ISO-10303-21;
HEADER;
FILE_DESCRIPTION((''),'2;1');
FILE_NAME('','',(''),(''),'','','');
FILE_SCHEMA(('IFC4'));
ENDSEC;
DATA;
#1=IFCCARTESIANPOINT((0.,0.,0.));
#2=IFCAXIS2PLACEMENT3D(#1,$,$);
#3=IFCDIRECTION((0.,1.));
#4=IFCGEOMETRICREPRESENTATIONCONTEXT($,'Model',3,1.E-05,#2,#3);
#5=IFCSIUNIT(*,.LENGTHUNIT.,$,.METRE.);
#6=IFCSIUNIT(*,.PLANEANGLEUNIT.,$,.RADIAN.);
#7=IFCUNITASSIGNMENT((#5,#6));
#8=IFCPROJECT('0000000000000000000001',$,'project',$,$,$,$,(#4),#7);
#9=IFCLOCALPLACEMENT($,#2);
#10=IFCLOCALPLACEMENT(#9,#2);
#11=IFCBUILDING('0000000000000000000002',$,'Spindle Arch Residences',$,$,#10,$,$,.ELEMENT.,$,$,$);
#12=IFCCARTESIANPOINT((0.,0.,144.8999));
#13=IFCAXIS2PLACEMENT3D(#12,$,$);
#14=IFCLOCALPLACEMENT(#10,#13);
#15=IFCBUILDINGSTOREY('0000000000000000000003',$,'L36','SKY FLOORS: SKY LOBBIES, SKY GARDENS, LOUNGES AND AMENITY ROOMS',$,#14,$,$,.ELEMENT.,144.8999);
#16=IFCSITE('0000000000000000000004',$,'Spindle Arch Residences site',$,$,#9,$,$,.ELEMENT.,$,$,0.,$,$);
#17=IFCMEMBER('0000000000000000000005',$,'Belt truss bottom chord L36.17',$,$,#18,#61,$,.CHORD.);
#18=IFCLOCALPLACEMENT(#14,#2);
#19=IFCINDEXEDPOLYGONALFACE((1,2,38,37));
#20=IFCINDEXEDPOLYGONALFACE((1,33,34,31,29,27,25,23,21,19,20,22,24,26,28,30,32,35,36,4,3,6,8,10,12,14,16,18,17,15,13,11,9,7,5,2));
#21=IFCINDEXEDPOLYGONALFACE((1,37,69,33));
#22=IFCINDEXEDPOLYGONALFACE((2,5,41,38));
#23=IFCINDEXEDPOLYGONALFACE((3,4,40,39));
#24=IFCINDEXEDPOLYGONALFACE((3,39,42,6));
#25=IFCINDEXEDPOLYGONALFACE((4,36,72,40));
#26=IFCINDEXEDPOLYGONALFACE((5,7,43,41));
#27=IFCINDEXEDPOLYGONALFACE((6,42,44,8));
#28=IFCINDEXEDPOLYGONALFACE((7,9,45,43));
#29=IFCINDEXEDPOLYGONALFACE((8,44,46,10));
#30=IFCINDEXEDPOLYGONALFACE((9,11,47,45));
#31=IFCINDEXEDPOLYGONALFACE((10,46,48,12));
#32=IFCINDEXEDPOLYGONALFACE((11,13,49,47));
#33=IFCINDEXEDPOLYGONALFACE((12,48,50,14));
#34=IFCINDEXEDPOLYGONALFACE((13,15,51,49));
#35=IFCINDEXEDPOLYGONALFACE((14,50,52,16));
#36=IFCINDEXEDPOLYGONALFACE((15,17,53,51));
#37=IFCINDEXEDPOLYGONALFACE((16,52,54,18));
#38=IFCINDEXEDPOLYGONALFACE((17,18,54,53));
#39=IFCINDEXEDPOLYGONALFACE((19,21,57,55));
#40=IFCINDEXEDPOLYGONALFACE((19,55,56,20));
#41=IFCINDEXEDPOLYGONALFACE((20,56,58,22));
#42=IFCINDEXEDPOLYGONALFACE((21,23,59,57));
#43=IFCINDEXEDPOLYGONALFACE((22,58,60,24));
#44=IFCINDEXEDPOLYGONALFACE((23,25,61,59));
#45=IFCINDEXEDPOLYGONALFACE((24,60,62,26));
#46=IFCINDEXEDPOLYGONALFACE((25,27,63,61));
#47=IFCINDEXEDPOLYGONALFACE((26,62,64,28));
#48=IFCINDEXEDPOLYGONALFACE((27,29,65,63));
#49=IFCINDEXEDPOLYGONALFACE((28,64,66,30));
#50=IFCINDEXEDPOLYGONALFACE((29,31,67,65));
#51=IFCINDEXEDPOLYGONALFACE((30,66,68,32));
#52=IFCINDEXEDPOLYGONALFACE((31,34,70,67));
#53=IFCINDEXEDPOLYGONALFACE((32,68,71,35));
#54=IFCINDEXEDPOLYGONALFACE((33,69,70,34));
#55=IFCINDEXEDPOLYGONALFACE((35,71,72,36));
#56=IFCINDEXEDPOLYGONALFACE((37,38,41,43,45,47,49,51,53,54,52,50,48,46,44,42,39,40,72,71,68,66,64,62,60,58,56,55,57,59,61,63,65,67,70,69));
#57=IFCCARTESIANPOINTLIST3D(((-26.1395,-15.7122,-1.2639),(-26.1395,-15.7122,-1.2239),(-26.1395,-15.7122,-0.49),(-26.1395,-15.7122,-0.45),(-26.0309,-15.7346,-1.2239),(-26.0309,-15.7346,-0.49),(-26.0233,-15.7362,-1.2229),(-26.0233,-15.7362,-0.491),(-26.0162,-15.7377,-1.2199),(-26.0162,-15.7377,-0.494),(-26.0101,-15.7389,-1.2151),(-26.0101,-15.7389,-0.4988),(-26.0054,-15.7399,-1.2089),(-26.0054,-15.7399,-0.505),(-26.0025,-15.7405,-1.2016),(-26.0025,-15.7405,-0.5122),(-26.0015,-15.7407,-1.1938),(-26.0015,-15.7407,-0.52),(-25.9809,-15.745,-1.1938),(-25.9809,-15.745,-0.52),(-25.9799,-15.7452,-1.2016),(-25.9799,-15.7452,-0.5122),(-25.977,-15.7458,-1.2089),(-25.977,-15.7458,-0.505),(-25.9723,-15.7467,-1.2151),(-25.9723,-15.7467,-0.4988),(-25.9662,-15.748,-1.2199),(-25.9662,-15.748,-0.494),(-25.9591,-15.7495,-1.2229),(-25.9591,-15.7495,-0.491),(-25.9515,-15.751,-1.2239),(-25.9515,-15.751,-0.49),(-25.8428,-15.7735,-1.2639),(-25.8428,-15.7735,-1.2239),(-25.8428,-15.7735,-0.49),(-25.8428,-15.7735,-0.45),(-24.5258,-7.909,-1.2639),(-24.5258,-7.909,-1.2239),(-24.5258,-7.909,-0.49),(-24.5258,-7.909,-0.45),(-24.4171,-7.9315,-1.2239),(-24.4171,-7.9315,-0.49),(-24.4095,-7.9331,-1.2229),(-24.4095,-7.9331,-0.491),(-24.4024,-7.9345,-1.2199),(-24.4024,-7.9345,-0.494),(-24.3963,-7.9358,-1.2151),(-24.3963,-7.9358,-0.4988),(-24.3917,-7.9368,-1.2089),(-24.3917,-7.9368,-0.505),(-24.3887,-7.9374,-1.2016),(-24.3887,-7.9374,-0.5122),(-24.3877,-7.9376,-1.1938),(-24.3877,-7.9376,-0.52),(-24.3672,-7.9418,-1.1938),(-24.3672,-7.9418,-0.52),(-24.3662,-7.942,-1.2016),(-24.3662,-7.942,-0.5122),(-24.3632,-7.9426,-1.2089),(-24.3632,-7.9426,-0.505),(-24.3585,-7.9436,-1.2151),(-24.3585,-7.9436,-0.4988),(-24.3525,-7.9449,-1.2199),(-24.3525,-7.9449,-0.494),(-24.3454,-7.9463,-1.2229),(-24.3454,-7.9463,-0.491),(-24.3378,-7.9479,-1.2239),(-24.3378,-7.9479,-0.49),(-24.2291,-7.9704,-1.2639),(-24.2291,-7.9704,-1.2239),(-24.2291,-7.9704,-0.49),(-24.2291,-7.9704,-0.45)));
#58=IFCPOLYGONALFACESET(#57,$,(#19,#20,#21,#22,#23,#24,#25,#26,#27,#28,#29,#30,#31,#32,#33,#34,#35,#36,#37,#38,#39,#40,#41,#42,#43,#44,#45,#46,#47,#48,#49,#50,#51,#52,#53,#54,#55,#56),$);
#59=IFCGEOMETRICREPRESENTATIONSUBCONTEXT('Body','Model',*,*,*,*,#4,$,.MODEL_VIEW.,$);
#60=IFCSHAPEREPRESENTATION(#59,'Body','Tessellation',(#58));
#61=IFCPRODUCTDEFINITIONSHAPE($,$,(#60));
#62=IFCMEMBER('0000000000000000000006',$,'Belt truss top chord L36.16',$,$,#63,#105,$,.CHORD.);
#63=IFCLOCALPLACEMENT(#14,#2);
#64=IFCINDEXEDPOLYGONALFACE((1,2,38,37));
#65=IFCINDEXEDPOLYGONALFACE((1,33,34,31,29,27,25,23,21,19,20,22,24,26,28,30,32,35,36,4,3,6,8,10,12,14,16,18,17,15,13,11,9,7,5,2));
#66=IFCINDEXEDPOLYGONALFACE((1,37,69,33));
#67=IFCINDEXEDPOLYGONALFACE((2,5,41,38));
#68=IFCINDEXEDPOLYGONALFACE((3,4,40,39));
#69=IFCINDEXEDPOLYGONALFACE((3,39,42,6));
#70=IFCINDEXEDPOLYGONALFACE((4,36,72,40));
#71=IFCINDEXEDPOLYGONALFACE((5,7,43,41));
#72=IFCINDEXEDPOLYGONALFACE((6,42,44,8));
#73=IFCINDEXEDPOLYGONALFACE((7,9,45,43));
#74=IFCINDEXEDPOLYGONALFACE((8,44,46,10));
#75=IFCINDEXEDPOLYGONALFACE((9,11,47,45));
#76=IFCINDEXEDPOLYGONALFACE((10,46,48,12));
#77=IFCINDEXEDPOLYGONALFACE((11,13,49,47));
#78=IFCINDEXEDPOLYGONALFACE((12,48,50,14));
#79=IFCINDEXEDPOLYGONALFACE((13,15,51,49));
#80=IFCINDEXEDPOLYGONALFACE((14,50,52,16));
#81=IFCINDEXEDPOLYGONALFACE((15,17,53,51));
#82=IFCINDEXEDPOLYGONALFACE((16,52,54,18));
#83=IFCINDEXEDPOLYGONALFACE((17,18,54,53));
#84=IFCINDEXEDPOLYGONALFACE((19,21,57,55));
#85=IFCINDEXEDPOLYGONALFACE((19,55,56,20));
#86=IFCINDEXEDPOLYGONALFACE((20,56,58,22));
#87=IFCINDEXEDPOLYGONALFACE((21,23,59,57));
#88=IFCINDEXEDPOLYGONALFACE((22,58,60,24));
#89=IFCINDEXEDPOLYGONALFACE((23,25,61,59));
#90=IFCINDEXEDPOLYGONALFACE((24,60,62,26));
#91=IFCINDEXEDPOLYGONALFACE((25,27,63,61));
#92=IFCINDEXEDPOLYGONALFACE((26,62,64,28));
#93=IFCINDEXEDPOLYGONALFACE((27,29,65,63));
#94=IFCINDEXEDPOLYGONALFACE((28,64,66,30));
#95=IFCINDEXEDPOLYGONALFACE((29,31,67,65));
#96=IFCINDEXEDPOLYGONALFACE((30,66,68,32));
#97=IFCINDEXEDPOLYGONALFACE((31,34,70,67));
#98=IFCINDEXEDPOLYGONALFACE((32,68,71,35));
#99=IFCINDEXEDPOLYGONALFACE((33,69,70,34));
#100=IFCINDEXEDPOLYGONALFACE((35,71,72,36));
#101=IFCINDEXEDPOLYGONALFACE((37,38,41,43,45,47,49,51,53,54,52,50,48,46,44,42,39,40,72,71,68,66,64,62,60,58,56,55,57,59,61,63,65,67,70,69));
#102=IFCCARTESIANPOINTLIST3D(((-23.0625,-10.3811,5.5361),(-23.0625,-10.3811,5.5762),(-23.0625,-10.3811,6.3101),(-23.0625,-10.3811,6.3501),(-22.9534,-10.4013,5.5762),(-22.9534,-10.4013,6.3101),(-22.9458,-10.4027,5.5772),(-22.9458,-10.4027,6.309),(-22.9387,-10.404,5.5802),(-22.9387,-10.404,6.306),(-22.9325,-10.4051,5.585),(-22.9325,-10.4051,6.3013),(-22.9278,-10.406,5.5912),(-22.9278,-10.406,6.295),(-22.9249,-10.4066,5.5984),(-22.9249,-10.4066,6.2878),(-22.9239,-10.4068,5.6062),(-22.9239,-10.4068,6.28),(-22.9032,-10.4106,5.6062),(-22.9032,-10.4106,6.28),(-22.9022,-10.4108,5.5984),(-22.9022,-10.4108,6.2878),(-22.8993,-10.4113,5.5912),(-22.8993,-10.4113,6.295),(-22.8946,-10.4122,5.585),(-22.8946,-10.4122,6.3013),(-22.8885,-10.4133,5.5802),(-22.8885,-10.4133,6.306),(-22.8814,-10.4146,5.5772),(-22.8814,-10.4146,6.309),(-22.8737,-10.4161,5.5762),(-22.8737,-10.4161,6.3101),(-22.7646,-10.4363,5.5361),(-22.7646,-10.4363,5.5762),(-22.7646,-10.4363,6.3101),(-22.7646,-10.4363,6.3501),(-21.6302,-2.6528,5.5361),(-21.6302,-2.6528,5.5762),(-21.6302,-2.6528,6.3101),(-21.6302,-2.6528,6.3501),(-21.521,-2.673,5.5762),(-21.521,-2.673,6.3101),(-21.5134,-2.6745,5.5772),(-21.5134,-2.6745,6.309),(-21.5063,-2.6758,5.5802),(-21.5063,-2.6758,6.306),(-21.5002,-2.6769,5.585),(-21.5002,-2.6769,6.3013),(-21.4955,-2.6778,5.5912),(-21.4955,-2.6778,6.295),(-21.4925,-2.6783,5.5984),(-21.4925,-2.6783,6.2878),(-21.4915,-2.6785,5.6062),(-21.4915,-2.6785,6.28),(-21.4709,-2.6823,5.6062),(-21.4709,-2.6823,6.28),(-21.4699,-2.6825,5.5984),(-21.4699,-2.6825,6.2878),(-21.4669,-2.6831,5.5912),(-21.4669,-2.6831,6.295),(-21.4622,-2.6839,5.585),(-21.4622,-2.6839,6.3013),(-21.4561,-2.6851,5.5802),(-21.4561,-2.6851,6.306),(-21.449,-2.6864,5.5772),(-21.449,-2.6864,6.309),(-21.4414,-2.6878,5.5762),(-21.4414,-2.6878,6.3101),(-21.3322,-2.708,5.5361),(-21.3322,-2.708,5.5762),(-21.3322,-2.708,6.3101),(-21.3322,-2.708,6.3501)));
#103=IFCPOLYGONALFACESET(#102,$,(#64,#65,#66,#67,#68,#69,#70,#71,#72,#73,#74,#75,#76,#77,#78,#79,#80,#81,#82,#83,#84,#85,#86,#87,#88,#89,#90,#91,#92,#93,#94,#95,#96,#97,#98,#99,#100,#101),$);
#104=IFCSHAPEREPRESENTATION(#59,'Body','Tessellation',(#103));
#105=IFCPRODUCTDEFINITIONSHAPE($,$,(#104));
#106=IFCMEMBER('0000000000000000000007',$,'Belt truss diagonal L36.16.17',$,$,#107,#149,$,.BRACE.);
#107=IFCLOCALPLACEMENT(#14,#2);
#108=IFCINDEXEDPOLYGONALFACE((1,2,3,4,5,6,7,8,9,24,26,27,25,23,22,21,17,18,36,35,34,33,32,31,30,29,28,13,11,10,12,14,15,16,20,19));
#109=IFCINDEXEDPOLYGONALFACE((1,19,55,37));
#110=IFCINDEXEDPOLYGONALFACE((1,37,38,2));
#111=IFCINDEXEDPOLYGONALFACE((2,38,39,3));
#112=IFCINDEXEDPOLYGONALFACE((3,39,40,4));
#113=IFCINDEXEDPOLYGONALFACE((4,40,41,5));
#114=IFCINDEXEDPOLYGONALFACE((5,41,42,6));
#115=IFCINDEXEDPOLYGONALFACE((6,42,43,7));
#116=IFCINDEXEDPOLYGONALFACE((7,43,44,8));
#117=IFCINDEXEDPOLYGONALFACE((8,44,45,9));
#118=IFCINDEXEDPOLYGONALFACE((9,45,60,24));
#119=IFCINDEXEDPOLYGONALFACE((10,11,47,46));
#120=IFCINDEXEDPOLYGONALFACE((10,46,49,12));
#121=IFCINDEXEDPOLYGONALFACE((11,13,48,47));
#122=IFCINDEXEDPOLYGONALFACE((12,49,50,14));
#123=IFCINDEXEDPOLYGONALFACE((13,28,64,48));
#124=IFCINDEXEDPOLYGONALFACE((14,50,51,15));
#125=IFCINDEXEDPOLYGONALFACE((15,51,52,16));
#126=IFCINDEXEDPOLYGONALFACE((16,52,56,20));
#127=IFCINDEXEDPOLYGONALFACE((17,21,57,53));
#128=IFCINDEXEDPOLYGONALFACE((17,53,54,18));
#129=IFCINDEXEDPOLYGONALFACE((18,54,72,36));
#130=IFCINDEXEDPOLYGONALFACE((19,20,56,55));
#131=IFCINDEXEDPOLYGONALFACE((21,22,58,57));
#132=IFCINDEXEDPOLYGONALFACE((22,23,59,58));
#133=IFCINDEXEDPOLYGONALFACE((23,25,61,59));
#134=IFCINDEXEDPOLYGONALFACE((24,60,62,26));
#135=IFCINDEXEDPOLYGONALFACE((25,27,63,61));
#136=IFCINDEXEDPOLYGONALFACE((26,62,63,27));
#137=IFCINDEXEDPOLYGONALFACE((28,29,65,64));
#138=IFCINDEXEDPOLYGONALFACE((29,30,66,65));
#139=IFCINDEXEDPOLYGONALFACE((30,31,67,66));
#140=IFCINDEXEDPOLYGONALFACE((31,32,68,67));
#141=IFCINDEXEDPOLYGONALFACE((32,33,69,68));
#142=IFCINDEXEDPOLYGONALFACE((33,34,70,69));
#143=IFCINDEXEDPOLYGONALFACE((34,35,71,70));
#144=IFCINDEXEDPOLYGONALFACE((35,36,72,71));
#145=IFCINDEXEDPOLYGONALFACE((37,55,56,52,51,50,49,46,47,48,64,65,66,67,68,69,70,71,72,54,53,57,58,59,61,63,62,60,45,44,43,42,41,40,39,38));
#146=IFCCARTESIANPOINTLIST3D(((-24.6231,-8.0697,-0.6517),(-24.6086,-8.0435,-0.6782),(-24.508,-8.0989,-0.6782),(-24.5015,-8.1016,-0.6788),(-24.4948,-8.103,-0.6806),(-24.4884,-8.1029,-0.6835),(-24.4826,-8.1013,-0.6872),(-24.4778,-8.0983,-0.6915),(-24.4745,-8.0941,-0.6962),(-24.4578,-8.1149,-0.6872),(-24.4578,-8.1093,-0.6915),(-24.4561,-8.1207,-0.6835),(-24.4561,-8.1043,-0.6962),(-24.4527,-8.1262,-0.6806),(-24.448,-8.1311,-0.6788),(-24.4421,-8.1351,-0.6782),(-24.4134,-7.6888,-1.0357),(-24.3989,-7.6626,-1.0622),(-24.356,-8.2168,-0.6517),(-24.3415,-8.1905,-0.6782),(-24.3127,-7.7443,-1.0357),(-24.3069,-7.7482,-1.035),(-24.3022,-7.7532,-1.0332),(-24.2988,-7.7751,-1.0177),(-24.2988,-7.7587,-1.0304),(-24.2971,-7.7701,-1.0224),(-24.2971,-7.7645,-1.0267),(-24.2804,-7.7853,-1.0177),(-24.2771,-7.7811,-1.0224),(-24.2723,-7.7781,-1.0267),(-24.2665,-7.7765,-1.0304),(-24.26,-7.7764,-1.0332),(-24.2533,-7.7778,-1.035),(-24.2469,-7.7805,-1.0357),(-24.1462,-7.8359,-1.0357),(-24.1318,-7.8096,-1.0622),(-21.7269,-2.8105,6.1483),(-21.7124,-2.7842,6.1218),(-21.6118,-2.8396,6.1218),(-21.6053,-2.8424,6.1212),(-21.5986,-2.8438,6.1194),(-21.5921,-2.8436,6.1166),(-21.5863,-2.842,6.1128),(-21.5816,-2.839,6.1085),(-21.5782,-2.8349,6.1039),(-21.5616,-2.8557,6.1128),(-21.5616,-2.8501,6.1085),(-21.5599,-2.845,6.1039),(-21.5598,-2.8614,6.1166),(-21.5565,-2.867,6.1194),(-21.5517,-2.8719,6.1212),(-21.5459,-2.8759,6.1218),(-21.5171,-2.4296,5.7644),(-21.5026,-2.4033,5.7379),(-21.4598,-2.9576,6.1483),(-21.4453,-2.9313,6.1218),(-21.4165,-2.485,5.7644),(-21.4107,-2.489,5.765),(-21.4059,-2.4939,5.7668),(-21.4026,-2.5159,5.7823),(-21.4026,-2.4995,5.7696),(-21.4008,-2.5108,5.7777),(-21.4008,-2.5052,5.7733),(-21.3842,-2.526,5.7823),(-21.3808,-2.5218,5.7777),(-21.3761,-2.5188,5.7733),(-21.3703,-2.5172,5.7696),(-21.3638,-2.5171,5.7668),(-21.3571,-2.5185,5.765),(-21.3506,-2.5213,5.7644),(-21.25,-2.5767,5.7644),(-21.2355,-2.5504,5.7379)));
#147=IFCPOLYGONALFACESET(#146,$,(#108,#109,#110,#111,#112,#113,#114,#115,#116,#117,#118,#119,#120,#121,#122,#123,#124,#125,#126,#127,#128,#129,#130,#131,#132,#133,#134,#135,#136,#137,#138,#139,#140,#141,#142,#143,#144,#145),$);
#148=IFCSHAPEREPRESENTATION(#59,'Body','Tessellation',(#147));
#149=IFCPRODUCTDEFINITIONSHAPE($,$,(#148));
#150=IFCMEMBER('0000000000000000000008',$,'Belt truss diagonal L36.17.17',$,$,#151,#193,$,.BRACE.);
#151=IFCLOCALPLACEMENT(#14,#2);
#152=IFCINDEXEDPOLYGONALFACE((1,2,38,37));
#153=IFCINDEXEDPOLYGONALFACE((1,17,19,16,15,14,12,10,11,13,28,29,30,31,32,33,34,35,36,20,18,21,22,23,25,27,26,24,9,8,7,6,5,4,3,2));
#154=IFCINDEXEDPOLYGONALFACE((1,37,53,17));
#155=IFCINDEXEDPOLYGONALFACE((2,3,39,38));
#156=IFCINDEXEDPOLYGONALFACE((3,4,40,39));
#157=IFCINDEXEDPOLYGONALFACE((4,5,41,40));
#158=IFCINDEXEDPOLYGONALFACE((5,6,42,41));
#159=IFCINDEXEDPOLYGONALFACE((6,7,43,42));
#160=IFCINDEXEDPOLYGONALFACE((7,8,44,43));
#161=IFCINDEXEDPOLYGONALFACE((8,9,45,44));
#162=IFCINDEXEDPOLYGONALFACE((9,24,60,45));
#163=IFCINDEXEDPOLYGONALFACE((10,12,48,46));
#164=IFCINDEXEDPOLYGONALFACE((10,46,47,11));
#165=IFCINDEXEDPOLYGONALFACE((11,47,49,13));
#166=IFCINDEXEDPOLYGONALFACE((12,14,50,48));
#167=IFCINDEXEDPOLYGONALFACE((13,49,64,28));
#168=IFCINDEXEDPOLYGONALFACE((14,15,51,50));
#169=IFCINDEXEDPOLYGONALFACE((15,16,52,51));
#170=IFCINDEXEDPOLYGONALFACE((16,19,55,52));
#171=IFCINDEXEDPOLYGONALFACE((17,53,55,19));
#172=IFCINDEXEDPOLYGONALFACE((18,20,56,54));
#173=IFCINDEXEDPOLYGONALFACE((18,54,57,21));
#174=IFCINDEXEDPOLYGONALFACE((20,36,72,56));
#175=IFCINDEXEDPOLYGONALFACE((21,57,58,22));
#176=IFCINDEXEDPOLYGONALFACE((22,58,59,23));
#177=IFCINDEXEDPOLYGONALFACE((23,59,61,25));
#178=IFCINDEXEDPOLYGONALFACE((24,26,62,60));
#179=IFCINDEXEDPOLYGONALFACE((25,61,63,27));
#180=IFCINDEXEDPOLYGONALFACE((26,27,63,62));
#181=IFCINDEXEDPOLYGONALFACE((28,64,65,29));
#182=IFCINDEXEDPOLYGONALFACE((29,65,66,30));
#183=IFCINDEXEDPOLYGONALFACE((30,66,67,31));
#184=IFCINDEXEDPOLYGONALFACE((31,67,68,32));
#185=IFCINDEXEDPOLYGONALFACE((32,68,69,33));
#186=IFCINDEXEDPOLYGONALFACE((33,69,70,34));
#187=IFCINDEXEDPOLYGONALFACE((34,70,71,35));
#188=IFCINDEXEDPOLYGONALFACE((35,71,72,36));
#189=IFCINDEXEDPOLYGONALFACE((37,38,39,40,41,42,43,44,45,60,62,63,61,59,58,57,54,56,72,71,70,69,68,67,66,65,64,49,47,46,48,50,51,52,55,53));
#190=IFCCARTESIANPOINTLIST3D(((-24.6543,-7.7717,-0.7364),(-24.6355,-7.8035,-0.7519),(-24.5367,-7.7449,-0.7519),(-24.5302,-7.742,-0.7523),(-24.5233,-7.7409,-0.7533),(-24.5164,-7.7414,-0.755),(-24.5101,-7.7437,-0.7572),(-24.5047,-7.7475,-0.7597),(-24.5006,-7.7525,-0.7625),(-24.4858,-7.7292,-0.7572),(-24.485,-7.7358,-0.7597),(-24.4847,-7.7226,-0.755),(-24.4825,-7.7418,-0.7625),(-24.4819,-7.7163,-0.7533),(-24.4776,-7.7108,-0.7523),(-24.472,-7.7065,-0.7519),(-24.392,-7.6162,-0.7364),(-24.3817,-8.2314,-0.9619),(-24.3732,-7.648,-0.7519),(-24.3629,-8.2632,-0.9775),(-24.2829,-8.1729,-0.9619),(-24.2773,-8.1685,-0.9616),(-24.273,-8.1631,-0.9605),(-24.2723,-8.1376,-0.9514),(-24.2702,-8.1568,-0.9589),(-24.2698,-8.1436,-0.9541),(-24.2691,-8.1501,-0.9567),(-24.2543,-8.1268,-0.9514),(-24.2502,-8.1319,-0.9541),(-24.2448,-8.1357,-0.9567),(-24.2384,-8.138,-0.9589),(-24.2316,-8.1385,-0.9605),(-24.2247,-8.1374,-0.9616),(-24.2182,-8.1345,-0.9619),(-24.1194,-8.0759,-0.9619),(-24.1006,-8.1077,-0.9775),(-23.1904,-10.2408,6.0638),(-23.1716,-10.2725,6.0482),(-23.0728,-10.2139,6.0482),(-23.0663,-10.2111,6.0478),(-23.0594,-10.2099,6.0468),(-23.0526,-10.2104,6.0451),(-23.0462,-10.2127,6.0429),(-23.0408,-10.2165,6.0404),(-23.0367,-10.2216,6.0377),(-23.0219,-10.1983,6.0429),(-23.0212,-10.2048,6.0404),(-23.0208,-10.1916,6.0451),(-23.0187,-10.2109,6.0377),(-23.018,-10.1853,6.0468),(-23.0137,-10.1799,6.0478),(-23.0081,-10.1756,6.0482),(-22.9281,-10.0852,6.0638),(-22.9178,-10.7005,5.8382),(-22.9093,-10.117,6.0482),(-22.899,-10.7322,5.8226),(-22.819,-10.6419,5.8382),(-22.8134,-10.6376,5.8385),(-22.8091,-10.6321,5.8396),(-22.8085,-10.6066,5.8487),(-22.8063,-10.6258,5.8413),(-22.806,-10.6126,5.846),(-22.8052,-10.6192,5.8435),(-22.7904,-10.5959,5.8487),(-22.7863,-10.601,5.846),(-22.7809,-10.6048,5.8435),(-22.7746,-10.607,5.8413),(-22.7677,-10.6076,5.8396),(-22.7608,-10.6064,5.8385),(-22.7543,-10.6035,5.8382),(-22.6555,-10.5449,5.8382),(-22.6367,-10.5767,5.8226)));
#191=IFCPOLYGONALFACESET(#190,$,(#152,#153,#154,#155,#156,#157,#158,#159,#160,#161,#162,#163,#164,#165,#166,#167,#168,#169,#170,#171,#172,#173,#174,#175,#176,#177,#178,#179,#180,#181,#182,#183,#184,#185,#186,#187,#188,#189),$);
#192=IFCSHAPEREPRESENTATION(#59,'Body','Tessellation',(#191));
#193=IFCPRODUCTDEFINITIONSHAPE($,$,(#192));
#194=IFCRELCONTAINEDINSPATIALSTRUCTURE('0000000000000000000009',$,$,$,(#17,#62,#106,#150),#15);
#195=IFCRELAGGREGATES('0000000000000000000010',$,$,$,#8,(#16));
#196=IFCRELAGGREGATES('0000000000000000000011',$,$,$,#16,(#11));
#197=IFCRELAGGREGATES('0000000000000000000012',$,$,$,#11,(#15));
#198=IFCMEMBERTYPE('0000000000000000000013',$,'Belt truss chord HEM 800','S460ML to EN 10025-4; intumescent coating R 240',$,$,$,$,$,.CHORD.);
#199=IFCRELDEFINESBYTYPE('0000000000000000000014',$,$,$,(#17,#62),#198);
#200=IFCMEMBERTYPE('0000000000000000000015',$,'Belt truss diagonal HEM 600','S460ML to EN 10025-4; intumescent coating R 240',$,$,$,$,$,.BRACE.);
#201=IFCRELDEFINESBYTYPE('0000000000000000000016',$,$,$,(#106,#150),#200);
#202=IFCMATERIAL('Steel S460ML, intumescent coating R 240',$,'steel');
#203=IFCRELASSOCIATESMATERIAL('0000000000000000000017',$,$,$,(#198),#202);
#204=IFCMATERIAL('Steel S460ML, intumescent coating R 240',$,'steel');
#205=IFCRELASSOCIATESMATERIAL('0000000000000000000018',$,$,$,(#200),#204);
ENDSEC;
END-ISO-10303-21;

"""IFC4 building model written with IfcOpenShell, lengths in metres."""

from ifc_helpers import new_model, si_unit, direction, frame, origin, origin_2d, place, context, subcontext, project, spatial, i_section, extrude, material, material_profile, profile_set, type_object, element, save


model = new_model("IFC4")

# Units and contexts
model_context = context("Model", 3, precision=1e-05, world=origin(), true_north=direction((0.0, 1.0)))
body_context = subcontext(model_context, "Body", "Model", "MODEL_VIEW")
ifc_project = project(units=[si_unit("LENGTHUNIT", "METRE"), si_unit("PLANEANGLEUNIT", "RADIAN")], contexts=[model_context])

# Site, building, storey
site_placement = place(None, origin())
site = spatial("IfcSite", under=ifc_project, at=site_placement, Name="Spindle Arch Residences site", CompositionType="ELEMENT", RefElevation=0.0)
building_placement = place(site_placement, origin())
building = spatial("IfcBuilding", under=site, at=building_placement, Name="Spindle Arch Residences", CompositionType="ELEMENT")
storey_placement = place(building_placement, frame((0.0, 0.0, 144.8999)))
storey = spatial("IfcBuildingStorey", under=building, at=storey_placement, Name="L36", Description="SKY FLOORS: SKY LOBBIES, SKY GARDENS, LOUNGES AND AMENITY ROOMS", CompositionType="ELEMENT", Elevation=144.8999)

# Members
ifc_material_1 = material(Name="Steel S460ML, intumescent coating R 240", Category="steel")
ifc_material_profile_1 = material_profile(ifc_material_1, i_section(OverallWidth=0.303, OverallDepth=0.814, WebThickness=0.021, FlangeThickness=0.04, FilletRadius=0.03, at=origin_2d()), Name="HEM 800")
ifc_profile_set_1 = profile_set([ifc_material_profile_1], Name="Steel S460ML, intumescent coating R 240")
member_type_1 = type_object("IfcMemberType", Name="Belt truss chord HEM 800", Description="S460ML to EN 10025-4; intumescent coating R 240", PredefinedType="CHORD", material=ifc_profile_set_1)
member_1_placement = place(storey_placement, frame((-24.3774, -7.9397, -0.8569), z_axis=(-0.202523, -0.979278, 0.0), x_axis=(0.979278, -0.202523, 0.0)))
element("IfcMember", 1, at=member_1_placement, inside=storey, type_object=member_type_1, Name="Belt truss bottom chord L36.17", PredefinedType="CHORD", context=body_context, shape_type="SweptSolid", body=[
    extrude(i_section(OverallWidth=0.303, OverallDepth=0.814, WebThickness=0.021, FlangeThickness=0.04, FilletRadius=0.03, at=origin_2d()), origin(), (0.0, 0.0, 1.0), 7.9683),
])
member_2_placement = place(storey_placement, frame((-21.4812, -2.6804, 5.9431), z_axis=(-0.182238, -0.983254, 0.0), x_axis=(0.983254, -0.182238, 0.0)))
element("IfcMember", 2, at=member_2_placement, inside=storey, type_object=member_type_1, Name="Belt truss top chord L36.16", PredefinedType="CHORD", context=body_context, shape_type="SweptSolid", body=[
    extrude(i_section(OverallWidth=0.303, OverallDepth=0.814, WebThickness=0.021, FlangeThickness=0.04, FilletRadius=0.03, at=origin_2d()), origin(), (0.0, 0.0, 1.0), 7.8599),
])
ifc_material_2 = material(Name="Steel S460ML, intumescent coating R 240", Category="steel")
ifc_material_profile_2 = material_profile(ifc_material_2, i_section(OverallWidth=0.3049, OverallDepth=0.6201, WebThickness=0.021, FlangeThickness=0.04, FilletRadius=0.0271, at=origin_2d()), Name="HEM 600")
ifc_profile_set_2 = profile_set([ifc_material_profile_2], Name="Steel S460ML, intumescent coating R 240")
member_type_2 = type_object("IfcMemberType", Name="Belt truss diagonal HEM 600", Description="S460ML to EN 10025-4; intumescent coating R 240", PredefinedType="BRACE", material=ifc_profile_set_2)
member_3_placement = place(storey_placement, frame((-24.3774, -7.9397, -0.8569), z_axis=(0.319274, 0.57977, 0.749621), x_axis=(-0.87596, 0.482384, 0.0)))
element("IfcMember", 3, at=member_3_placement, inside=storey, type_object=member_type_2, Name="Belt truss diagonal L36.16.17", PredefinedType="BRACE", context=body_context, shape_type="SweptSolid", body=[
    extrude(i_section(OverallWidth=0.3049, OverallDepth=0.6201, WebThickness=0.021, FlangeThickness=0.04, FilletRadius=0.0271, at=origin_2d()), origin(), (0.0, 0.0, 1.0), 9.0713),
])
member_4_placement = place(storey_placement, frame((-24.3774, -7.9397, -0.8569), z_axis=(0.198328, -0.334506, 0.921288), x_axis=(0.860175, 0.509998, 0.0)))
element("IfcMember", 4, at=member_4_placement, inside=storey, type_object=member_type_2, Name="Belt truss diagonal L36.17.17", PredefinedType="BRACE", context=body_context, shape_type="SweptSolid", body=[
    extrude(i_section(OverallWidth=0.3049, OverallDepth=0.6201, WebThickness=0.021, FlangeThickness=0.04, FilletRadius=0.0271, at=origin_2d()), origin(), (0.0, 0.0, 1.0), 7.3811),
])

save(model, "model.ifc")
